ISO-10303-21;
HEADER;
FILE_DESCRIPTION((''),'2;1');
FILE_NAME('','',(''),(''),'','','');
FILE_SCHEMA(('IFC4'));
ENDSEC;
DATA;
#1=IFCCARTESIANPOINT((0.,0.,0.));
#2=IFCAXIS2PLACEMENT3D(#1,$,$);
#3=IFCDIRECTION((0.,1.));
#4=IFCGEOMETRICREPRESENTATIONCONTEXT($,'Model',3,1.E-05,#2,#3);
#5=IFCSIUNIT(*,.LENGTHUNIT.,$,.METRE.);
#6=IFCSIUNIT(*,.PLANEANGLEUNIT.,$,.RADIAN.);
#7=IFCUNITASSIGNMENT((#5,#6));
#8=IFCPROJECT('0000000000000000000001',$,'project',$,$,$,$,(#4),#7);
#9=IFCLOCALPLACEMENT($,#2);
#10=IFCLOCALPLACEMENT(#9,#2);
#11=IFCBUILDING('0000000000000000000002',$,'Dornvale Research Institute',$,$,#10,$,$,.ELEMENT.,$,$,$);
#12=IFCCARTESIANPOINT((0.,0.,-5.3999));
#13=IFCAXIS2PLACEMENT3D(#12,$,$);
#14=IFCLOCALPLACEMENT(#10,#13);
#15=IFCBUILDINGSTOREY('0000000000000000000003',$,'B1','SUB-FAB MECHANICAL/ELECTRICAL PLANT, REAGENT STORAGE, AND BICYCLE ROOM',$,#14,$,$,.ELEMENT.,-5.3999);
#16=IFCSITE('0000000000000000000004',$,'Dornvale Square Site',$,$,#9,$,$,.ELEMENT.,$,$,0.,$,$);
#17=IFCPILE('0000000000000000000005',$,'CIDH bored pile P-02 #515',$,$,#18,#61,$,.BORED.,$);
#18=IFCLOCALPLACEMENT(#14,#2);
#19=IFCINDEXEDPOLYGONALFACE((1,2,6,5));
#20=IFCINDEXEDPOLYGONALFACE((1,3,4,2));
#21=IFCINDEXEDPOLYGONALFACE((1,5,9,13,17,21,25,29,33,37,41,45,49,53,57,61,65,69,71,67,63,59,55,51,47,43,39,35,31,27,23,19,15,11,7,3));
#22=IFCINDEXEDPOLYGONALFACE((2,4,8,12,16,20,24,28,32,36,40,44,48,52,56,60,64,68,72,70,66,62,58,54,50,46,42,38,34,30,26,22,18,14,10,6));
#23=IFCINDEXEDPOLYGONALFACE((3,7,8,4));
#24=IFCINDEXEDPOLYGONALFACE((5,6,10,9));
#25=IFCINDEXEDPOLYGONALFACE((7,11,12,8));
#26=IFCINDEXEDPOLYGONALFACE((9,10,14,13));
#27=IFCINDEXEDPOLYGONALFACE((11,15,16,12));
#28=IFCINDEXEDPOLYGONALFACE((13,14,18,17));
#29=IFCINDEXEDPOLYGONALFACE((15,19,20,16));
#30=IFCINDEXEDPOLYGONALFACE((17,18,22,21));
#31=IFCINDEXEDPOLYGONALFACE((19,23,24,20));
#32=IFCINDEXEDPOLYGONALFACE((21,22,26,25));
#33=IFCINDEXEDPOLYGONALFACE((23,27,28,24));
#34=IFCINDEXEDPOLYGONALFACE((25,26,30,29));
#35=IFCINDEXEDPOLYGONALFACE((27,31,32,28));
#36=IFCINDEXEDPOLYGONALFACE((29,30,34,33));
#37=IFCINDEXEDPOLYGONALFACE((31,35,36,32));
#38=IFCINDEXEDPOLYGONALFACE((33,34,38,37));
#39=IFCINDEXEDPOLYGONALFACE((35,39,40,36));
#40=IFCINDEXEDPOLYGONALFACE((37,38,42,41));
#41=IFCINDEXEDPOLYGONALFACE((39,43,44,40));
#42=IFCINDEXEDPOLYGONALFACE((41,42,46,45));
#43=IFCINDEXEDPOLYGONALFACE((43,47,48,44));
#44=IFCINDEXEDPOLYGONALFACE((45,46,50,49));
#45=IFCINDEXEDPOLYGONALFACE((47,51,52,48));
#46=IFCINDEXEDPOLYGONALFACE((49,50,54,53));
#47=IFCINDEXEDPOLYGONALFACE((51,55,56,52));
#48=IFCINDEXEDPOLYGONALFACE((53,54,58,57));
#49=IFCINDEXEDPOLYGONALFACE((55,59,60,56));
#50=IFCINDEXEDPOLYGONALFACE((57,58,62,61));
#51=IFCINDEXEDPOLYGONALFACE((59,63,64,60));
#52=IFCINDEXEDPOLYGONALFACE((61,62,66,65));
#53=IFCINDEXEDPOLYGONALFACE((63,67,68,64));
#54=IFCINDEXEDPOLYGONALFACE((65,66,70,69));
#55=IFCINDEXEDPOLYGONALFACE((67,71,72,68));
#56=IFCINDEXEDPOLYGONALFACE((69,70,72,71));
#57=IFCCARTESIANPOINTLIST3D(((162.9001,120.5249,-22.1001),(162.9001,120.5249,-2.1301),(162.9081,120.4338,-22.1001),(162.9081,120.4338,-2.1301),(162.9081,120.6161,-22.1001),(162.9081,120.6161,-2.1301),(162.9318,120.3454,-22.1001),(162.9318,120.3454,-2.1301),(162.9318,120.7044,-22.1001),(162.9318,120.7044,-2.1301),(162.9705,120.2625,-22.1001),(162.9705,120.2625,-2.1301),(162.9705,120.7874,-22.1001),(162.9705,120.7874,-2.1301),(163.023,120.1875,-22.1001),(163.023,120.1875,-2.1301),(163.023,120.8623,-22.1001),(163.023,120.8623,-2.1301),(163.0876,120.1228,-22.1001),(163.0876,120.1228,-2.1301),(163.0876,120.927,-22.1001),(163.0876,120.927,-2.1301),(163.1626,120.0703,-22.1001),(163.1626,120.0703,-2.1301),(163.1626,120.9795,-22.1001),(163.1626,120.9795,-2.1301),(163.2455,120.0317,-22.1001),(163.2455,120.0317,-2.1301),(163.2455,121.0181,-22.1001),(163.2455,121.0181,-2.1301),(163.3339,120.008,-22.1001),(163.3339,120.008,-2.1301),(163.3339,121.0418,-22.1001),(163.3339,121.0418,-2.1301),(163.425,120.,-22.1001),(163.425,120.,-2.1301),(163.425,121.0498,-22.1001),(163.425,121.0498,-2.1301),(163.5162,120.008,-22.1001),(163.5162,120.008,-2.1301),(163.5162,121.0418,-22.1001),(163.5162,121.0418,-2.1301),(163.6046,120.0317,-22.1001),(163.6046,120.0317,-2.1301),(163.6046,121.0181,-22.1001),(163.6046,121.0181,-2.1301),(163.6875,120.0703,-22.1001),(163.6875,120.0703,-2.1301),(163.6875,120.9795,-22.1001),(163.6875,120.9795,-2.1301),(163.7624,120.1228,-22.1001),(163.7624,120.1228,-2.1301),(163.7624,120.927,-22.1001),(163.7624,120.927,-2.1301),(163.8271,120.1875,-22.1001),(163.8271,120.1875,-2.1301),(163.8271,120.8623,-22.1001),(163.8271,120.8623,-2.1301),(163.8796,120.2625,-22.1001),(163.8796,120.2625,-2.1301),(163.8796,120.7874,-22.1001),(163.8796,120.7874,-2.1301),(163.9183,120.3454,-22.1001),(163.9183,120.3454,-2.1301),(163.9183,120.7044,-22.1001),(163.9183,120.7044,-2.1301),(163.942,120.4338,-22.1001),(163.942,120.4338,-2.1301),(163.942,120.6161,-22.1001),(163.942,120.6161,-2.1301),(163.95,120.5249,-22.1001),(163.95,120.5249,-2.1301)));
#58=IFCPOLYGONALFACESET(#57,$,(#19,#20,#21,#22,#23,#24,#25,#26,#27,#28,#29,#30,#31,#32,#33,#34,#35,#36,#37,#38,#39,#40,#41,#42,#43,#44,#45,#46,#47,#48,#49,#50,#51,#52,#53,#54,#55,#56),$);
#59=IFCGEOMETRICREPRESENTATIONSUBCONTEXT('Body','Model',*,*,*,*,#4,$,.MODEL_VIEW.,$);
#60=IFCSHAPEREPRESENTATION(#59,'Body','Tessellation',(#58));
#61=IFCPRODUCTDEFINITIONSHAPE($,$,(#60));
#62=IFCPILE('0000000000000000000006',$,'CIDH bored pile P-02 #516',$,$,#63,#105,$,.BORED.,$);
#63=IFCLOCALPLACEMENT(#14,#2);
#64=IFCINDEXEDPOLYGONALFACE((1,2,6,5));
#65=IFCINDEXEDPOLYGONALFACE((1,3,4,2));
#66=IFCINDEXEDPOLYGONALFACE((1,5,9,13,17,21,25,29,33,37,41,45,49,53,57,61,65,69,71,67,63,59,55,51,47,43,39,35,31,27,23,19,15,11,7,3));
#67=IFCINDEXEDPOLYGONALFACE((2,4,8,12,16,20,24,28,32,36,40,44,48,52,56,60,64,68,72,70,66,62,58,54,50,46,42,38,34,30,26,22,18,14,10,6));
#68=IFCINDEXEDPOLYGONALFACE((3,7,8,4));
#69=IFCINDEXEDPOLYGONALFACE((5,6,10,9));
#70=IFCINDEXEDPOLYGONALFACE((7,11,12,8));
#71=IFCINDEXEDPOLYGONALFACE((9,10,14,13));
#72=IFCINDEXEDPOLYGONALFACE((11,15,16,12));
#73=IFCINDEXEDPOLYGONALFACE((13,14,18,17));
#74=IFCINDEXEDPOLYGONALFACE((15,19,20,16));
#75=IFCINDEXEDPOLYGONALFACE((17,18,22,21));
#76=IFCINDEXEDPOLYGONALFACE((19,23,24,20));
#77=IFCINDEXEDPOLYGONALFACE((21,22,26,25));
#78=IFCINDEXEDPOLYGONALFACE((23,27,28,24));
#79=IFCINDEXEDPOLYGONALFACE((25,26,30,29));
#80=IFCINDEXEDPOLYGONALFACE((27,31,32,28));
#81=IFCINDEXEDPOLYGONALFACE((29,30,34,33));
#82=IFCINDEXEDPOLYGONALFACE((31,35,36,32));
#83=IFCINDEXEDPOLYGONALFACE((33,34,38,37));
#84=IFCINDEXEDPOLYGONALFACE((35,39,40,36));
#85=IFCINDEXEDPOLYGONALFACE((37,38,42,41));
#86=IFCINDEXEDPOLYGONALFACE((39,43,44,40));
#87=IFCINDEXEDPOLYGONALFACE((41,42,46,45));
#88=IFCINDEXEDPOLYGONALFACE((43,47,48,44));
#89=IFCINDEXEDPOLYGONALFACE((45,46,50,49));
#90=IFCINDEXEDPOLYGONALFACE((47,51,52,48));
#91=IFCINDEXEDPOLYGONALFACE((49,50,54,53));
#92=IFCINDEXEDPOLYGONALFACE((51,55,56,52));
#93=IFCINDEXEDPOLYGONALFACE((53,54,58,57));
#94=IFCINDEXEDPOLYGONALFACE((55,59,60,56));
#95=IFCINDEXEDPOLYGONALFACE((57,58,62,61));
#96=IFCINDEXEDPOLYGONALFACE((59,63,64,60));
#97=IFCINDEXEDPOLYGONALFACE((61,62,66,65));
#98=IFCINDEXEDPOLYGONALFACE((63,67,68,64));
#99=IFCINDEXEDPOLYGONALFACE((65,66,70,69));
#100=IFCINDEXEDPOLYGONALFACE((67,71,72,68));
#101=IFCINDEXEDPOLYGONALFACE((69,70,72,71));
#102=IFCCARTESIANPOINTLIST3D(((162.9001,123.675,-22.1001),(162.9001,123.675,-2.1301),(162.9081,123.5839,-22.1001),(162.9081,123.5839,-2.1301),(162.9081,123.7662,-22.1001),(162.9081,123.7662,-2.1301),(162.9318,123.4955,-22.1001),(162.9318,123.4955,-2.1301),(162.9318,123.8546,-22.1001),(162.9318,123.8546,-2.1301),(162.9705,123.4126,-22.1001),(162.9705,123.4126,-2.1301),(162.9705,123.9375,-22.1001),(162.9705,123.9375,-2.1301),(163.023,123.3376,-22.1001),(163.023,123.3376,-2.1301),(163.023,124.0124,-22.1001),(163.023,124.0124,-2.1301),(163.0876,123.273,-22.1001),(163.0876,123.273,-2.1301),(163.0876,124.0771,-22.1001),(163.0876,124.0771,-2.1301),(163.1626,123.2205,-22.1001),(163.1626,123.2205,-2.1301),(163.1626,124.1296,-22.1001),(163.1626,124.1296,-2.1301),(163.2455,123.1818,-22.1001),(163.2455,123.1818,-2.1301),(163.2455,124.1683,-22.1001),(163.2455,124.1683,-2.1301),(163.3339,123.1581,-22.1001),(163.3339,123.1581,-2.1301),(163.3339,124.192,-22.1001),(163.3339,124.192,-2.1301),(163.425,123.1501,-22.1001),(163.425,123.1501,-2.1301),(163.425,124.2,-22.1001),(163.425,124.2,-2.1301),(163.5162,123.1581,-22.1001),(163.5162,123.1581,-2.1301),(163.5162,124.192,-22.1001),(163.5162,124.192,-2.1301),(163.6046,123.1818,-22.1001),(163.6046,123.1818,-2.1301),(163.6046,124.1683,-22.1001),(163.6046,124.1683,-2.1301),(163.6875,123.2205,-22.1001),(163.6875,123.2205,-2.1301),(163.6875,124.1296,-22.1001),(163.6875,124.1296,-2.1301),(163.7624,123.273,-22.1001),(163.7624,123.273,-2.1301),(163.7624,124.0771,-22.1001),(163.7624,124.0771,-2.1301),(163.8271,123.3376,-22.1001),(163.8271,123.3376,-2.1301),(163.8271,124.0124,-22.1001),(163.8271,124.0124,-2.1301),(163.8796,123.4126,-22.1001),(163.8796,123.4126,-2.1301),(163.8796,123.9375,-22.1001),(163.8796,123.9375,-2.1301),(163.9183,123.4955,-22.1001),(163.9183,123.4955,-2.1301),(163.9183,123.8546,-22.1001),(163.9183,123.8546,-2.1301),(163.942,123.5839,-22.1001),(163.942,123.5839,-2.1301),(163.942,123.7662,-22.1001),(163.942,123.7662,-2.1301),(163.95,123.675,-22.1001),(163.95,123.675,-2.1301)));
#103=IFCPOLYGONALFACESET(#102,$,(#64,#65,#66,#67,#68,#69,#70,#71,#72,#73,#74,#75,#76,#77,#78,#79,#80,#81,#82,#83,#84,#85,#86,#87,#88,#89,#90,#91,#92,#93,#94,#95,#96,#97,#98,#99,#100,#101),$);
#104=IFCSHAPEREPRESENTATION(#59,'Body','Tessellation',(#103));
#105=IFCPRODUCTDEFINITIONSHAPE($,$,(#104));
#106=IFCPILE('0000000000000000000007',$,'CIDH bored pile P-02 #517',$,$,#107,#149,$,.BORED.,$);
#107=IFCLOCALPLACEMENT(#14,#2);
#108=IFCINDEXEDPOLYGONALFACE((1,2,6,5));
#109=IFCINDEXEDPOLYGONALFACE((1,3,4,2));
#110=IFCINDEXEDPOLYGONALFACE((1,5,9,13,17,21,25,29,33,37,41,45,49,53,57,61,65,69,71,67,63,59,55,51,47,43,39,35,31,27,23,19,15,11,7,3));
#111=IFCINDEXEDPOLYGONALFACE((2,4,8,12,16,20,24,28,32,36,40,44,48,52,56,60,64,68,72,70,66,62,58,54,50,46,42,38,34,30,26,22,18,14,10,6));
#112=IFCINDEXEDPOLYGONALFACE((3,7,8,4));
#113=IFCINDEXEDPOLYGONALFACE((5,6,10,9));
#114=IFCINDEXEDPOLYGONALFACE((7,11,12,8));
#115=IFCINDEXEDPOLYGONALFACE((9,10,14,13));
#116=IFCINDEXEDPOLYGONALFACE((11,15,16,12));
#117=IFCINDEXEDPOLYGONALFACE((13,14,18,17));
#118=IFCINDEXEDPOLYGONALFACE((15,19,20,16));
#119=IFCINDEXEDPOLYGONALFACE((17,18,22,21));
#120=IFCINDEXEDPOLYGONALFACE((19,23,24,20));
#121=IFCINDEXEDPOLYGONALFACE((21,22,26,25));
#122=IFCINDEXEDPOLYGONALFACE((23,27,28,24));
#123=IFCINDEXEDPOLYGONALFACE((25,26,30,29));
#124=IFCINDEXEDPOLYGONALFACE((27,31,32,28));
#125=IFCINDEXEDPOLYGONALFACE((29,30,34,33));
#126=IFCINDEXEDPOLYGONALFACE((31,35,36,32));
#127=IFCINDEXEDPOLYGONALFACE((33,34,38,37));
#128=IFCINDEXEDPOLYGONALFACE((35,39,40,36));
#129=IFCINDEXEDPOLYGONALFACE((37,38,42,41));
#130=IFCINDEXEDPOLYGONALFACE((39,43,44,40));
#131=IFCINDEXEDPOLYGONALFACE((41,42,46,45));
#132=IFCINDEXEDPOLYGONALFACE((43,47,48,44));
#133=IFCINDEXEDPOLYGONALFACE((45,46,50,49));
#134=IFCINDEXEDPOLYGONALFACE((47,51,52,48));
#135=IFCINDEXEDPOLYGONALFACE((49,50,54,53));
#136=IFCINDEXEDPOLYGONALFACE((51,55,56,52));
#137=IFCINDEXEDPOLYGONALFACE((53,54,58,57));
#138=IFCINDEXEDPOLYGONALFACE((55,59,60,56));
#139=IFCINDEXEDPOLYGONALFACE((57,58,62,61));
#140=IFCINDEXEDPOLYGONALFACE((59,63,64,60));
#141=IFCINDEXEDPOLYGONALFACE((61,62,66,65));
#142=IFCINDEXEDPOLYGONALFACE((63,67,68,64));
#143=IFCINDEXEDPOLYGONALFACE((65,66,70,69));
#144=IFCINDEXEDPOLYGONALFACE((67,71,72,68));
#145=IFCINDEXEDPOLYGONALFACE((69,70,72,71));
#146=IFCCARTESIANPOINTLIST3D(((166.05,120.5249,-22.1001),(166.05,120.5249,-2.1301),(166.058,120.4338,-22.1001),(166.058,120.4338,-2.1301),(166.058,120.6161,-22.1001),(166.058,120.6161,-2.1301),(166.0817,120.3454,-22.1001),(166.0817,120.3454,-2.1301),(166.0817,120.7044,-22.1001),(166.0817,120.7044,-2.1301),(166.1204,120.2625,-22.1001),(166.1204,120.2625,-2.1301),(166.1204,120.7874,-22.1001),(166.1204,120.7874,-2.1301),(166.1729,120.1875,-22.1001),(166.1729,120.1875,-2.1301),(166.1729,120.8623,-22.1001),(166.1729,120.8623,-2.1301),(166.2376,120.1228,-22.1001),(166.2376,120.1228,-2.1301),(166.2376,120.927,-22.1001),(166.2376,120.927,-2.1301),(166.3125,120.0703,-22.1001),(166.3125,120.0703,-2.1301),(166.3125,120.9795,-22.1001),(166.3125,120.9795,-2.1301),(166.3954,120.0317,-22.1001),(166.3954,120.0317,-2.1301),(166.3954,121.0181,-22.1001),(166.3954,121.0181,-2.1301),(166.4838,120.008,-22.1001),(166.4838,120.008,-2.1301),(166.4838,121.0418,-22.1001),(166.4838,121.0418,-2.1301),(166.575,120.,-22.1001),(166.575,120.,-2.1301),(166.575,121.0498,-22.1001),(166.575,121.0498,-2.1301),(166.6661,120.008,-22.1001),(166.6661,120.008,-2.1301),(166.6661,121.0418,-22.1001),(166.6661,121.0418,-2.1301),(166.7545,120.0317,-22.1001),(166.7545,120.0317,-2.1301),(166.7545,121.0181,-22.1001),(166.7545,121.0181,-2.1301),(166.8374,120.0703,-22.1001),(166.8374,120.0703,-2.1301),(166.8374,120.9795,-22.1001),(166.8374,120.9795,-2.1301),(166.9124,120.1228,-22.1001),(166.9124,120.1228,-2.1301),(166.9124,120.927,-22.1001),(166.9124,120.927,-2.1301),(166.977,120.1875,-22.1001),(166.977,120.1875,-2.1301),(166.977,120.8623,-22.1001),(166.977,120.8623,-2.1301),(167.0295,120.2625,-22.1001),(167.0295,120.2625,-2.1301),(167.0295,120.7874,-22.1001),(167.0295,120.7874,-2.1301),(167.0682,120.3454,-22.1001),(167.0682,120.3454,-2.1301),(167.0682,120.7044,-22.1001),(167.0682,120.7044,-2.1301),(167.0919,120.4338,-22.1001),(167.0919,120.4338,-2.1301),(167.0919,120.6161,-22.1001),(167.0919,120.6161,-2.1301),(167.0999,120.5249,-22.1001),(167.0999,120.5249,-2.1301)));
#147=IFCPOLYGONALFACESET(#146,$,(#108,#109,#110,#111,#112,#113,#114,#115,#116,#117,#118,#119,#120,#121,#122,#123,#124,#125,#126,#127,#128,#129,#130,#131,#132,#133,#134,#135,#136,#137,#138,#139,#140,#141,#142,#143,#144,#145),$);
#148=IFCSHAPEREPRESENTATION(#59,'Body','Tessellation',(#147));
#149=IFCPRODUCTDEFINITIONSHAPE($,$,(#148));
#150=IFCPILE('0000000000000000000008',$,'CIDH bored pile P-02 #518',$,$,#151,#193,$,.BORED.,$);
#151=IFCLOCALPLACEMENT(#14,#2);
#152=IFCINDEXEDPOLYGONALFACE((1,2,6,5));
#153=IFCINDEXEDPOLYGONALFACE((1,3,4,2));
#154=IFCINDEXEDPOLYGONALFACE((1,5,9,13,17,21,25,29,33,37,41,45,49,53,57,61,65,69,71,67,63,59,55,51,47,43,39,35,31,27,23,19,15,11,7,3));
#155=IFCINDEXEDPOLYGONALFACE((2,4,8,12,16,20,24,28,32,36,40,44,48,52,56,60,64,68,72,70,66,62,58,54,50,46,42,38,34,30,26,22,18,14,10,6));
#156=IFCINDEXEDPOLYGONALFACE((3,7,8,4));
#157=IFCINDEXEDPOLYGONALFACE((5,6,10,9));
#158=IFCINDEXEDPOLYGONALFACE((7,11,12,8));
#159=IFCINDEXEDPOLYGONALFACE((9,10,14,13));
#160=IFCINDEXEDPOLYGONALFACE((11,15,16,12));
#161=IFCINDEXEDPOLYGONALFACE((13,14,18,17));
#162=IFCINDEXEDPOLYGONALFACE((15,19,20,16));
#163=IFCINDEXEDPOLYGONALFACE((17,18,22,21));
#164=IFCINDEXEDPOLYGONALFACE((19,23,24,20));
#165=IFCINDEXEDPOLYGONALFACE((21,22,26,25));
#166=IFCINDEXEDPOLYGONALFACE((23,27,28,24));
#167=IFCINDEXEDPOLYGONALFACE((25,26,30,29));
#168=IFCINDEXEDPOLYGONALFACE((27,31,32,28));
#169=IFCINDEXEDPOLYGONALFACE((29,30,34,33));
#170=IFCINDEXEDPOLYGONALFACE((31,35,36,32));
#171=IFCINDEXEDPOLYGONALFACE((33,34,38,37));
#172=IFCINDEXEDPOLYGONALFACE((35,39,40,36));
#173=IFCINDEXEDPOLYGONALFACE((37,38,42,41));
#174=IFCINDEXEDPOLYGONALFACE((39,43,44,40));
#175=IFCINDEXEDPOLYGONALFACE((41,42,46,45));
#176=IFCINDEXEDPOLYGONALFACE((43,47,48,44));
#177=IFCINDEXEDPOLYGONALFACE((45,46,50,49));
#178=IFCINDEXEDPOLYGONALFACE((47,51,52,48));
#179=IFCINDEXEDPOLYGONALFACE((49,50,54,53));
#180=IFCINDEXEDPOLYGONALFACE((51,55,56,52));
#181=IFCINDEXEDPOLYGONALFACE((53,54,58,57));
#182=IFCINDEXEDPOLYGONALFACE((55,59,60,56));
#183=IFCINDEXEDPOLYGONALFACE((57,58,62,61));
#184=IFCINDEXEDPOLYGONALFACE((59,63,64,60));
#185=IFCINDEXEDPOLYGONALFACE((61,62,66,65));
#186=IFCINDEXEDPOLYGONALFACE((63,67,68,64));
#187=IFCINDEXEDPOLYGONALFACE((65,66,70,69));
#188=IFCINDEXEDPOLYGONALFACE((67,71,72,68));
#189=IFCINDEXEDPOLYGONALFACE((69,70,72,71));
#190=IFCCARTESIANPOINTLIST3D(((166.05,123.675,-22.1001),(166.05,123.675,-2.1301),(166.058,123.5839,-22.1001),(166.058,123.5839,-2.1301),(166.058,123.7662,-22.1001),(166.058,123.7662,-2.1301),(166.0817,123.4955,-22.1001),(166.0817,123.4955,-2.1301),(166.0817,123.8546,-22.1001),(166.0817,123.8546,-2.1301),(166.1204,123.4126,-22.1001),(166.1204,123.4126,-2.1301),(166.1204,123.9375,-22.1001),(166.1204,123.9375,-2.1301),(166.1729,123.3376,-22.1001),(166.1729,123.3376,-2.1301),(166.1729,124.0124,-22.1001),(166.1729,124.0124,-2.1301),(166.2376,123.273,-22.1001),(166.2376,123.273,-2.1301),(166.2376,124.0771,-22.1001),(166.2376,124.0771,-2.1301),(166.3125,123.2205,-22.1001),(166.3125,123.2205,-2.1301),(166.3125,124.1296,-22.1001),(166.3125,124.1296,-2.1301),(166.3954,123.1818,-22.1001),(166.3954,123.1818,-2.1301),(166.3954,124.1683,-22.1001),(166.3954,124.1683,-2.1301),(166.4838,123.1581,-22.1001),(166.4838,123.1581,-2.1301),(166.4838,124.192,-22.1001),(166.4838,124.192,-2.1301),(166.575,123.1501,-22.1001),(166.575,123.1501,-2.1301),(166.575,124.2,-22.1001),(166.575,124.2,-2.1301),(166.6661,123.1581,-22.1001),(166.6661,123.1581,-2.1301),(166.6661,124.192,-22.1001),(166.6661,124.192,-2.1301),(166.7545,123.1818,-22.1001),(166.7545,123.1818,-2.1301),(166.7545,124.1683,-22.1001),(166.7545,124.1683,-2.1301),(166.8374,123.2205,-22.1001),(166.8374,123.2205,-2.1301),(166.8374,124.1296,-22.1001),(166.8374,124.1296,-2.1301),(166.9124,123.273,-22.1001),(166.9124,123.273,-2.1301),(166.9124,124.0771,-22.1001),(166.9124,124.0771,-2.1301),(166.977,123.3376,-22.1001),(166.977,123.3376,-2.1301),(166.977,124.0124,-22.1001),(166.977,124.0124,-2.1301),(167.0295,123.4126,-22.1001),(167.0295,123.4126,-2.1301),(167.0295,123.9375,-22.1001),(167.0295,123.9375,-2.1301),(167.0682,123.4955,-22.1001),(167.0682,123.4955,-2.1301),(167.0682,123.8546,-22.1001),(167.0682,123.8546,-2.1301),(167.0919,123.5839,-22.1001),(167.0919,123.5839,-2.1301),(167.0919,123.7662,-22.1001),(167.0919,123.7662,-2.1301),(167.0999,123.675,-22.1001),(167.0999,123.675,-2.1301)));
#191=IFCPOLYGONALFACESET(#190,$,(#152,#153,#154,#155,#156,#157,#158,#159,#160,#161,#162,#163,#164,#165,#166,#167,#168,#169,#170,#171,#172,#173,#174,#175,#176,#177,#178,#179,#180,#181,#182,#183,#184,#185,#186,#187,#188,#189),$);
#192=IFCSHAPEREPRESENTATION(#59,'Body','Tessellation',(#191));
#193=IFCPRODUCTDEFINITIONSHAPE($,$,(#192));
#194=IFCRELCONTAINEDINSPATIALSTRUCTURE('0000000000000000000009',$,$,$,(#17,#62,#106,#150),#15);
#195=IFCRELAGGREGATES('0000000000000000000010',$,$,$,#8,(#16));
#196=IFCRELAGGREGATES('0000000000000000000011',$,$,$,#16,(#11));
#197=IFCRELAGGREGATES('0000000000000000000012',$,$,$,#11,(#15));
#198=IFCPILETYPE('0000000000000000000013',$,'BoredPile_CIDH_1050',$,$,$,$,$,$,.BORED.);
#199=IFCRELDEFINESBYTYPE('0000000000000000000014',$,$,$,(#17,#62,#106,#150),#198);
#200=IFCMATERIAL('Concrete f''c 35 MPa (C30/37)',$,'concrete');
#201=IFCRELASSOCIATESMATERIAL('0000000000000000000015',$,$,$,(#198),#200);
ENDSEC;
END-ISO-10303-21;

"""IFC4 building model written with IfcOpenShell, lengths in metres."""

from ifc_helpers import new_model, si_unit, direction, frame, origin, origin_2d, place, context, subcontext, project, spatial, circle, extrude, material, material_profile, profile_set, type_object, element, save


model = new_model("IFC4")

# Units and contexts
model_context = context("Model", 3, precision=1e-05, world=origin(), true_north=direction((0.0, 1.0)))
body_context = subcontext(model_context, "Body", "Model", "MODEL_VIEW")
ifc_project = project(units=[si_unit("LENGTHUNIT", "METRE"), si_unit("PLANEANGLEUNIT", "RADIAN")], contexts=[model_context])

# Site, building, storey
site_placement = place(None, origin())
site = spatial("IfcSite", under=ifc_project, at=site_placement, Name="Dornvale Square Site", CompositionType="ELEMENT", RefElevation=0.0)
building_placement = place(site_placement, origin())
building = spatial("IfcBuilding", under=site, at=building_placement, Name="Dornvale Research Institute", CompositionType="ELEMENT")
storey_placement = place(building_placement, frame((0.0, 0.0, -5.3999)))
storey = spatial("IfcBuildingStorey", under=building, at=storey_placement, Name="B1", Description="SUB-FAB MECHANICAL/ELECTRICAL PLANT, REAGENT STORAGE, AND BICYCLE ROOM", CompositionType="ELEMENT", Elevation=-5.3999)

# Piles
ifc_material_1 = material(Name="Concrete f'c 35 MPa (C30/37)", Category="concrete")
ifc_material_profile_1 = material_profile(ifc_material_1, circle(Radius=0.5249, at=origin_2d()), Name="CIDH PILE D1050")
ifc_profile_set_1 = profile_set([ifc_material_profile_1], Name="Concrete f'c 35 MPa (C30/37)")
pile_type = type_object("IfcPileType", Name="BoredPile_CIDH_1050", PredefinedType="BORED", material=ifc_profile_set_1)
for number, where, z_axis, x_axis, name in (
    (1, (163.425, 120.5249, -2.1301), (0.0, 0.0, -1.0), (1.0, 0.0, 0.0), "CIDH bored pile P-02 #515"),
    (2, (163.425, 123.675, -2.1301), (0.0, 0.0, -1.0), (1.0, 0.0, 0.0), "CIDH bored pile P-02 #516"),
    (3, (166.575, 120.5249, -2.1301), (0.0, 0.0, -1.0), (1.0, 0.0, 0.0), "CIDH bored pile P-02 #517"),
    (4, (166.575, 123.675, -2.1301), (0.0, 0.0, -1.0), (1.0, 0.0, 0.0), "CIDH bored pile P-02 #518"),
):
    element("IfcPile", number, at=place(storey_placement, frame(where, z_axis=z_axis, x_axis=x_axis)), inside=storey, type_object=pile_type, Name=name, PredefinedType="BORED", context=body_context, shape_type="SweptSolid", body=[
        extrude(circle(Radius=0.5249, at=origin_2d()), origin(), (0.0, 0.0, 1.0), 19.97),
    ])

save(model, "model.ifc")
